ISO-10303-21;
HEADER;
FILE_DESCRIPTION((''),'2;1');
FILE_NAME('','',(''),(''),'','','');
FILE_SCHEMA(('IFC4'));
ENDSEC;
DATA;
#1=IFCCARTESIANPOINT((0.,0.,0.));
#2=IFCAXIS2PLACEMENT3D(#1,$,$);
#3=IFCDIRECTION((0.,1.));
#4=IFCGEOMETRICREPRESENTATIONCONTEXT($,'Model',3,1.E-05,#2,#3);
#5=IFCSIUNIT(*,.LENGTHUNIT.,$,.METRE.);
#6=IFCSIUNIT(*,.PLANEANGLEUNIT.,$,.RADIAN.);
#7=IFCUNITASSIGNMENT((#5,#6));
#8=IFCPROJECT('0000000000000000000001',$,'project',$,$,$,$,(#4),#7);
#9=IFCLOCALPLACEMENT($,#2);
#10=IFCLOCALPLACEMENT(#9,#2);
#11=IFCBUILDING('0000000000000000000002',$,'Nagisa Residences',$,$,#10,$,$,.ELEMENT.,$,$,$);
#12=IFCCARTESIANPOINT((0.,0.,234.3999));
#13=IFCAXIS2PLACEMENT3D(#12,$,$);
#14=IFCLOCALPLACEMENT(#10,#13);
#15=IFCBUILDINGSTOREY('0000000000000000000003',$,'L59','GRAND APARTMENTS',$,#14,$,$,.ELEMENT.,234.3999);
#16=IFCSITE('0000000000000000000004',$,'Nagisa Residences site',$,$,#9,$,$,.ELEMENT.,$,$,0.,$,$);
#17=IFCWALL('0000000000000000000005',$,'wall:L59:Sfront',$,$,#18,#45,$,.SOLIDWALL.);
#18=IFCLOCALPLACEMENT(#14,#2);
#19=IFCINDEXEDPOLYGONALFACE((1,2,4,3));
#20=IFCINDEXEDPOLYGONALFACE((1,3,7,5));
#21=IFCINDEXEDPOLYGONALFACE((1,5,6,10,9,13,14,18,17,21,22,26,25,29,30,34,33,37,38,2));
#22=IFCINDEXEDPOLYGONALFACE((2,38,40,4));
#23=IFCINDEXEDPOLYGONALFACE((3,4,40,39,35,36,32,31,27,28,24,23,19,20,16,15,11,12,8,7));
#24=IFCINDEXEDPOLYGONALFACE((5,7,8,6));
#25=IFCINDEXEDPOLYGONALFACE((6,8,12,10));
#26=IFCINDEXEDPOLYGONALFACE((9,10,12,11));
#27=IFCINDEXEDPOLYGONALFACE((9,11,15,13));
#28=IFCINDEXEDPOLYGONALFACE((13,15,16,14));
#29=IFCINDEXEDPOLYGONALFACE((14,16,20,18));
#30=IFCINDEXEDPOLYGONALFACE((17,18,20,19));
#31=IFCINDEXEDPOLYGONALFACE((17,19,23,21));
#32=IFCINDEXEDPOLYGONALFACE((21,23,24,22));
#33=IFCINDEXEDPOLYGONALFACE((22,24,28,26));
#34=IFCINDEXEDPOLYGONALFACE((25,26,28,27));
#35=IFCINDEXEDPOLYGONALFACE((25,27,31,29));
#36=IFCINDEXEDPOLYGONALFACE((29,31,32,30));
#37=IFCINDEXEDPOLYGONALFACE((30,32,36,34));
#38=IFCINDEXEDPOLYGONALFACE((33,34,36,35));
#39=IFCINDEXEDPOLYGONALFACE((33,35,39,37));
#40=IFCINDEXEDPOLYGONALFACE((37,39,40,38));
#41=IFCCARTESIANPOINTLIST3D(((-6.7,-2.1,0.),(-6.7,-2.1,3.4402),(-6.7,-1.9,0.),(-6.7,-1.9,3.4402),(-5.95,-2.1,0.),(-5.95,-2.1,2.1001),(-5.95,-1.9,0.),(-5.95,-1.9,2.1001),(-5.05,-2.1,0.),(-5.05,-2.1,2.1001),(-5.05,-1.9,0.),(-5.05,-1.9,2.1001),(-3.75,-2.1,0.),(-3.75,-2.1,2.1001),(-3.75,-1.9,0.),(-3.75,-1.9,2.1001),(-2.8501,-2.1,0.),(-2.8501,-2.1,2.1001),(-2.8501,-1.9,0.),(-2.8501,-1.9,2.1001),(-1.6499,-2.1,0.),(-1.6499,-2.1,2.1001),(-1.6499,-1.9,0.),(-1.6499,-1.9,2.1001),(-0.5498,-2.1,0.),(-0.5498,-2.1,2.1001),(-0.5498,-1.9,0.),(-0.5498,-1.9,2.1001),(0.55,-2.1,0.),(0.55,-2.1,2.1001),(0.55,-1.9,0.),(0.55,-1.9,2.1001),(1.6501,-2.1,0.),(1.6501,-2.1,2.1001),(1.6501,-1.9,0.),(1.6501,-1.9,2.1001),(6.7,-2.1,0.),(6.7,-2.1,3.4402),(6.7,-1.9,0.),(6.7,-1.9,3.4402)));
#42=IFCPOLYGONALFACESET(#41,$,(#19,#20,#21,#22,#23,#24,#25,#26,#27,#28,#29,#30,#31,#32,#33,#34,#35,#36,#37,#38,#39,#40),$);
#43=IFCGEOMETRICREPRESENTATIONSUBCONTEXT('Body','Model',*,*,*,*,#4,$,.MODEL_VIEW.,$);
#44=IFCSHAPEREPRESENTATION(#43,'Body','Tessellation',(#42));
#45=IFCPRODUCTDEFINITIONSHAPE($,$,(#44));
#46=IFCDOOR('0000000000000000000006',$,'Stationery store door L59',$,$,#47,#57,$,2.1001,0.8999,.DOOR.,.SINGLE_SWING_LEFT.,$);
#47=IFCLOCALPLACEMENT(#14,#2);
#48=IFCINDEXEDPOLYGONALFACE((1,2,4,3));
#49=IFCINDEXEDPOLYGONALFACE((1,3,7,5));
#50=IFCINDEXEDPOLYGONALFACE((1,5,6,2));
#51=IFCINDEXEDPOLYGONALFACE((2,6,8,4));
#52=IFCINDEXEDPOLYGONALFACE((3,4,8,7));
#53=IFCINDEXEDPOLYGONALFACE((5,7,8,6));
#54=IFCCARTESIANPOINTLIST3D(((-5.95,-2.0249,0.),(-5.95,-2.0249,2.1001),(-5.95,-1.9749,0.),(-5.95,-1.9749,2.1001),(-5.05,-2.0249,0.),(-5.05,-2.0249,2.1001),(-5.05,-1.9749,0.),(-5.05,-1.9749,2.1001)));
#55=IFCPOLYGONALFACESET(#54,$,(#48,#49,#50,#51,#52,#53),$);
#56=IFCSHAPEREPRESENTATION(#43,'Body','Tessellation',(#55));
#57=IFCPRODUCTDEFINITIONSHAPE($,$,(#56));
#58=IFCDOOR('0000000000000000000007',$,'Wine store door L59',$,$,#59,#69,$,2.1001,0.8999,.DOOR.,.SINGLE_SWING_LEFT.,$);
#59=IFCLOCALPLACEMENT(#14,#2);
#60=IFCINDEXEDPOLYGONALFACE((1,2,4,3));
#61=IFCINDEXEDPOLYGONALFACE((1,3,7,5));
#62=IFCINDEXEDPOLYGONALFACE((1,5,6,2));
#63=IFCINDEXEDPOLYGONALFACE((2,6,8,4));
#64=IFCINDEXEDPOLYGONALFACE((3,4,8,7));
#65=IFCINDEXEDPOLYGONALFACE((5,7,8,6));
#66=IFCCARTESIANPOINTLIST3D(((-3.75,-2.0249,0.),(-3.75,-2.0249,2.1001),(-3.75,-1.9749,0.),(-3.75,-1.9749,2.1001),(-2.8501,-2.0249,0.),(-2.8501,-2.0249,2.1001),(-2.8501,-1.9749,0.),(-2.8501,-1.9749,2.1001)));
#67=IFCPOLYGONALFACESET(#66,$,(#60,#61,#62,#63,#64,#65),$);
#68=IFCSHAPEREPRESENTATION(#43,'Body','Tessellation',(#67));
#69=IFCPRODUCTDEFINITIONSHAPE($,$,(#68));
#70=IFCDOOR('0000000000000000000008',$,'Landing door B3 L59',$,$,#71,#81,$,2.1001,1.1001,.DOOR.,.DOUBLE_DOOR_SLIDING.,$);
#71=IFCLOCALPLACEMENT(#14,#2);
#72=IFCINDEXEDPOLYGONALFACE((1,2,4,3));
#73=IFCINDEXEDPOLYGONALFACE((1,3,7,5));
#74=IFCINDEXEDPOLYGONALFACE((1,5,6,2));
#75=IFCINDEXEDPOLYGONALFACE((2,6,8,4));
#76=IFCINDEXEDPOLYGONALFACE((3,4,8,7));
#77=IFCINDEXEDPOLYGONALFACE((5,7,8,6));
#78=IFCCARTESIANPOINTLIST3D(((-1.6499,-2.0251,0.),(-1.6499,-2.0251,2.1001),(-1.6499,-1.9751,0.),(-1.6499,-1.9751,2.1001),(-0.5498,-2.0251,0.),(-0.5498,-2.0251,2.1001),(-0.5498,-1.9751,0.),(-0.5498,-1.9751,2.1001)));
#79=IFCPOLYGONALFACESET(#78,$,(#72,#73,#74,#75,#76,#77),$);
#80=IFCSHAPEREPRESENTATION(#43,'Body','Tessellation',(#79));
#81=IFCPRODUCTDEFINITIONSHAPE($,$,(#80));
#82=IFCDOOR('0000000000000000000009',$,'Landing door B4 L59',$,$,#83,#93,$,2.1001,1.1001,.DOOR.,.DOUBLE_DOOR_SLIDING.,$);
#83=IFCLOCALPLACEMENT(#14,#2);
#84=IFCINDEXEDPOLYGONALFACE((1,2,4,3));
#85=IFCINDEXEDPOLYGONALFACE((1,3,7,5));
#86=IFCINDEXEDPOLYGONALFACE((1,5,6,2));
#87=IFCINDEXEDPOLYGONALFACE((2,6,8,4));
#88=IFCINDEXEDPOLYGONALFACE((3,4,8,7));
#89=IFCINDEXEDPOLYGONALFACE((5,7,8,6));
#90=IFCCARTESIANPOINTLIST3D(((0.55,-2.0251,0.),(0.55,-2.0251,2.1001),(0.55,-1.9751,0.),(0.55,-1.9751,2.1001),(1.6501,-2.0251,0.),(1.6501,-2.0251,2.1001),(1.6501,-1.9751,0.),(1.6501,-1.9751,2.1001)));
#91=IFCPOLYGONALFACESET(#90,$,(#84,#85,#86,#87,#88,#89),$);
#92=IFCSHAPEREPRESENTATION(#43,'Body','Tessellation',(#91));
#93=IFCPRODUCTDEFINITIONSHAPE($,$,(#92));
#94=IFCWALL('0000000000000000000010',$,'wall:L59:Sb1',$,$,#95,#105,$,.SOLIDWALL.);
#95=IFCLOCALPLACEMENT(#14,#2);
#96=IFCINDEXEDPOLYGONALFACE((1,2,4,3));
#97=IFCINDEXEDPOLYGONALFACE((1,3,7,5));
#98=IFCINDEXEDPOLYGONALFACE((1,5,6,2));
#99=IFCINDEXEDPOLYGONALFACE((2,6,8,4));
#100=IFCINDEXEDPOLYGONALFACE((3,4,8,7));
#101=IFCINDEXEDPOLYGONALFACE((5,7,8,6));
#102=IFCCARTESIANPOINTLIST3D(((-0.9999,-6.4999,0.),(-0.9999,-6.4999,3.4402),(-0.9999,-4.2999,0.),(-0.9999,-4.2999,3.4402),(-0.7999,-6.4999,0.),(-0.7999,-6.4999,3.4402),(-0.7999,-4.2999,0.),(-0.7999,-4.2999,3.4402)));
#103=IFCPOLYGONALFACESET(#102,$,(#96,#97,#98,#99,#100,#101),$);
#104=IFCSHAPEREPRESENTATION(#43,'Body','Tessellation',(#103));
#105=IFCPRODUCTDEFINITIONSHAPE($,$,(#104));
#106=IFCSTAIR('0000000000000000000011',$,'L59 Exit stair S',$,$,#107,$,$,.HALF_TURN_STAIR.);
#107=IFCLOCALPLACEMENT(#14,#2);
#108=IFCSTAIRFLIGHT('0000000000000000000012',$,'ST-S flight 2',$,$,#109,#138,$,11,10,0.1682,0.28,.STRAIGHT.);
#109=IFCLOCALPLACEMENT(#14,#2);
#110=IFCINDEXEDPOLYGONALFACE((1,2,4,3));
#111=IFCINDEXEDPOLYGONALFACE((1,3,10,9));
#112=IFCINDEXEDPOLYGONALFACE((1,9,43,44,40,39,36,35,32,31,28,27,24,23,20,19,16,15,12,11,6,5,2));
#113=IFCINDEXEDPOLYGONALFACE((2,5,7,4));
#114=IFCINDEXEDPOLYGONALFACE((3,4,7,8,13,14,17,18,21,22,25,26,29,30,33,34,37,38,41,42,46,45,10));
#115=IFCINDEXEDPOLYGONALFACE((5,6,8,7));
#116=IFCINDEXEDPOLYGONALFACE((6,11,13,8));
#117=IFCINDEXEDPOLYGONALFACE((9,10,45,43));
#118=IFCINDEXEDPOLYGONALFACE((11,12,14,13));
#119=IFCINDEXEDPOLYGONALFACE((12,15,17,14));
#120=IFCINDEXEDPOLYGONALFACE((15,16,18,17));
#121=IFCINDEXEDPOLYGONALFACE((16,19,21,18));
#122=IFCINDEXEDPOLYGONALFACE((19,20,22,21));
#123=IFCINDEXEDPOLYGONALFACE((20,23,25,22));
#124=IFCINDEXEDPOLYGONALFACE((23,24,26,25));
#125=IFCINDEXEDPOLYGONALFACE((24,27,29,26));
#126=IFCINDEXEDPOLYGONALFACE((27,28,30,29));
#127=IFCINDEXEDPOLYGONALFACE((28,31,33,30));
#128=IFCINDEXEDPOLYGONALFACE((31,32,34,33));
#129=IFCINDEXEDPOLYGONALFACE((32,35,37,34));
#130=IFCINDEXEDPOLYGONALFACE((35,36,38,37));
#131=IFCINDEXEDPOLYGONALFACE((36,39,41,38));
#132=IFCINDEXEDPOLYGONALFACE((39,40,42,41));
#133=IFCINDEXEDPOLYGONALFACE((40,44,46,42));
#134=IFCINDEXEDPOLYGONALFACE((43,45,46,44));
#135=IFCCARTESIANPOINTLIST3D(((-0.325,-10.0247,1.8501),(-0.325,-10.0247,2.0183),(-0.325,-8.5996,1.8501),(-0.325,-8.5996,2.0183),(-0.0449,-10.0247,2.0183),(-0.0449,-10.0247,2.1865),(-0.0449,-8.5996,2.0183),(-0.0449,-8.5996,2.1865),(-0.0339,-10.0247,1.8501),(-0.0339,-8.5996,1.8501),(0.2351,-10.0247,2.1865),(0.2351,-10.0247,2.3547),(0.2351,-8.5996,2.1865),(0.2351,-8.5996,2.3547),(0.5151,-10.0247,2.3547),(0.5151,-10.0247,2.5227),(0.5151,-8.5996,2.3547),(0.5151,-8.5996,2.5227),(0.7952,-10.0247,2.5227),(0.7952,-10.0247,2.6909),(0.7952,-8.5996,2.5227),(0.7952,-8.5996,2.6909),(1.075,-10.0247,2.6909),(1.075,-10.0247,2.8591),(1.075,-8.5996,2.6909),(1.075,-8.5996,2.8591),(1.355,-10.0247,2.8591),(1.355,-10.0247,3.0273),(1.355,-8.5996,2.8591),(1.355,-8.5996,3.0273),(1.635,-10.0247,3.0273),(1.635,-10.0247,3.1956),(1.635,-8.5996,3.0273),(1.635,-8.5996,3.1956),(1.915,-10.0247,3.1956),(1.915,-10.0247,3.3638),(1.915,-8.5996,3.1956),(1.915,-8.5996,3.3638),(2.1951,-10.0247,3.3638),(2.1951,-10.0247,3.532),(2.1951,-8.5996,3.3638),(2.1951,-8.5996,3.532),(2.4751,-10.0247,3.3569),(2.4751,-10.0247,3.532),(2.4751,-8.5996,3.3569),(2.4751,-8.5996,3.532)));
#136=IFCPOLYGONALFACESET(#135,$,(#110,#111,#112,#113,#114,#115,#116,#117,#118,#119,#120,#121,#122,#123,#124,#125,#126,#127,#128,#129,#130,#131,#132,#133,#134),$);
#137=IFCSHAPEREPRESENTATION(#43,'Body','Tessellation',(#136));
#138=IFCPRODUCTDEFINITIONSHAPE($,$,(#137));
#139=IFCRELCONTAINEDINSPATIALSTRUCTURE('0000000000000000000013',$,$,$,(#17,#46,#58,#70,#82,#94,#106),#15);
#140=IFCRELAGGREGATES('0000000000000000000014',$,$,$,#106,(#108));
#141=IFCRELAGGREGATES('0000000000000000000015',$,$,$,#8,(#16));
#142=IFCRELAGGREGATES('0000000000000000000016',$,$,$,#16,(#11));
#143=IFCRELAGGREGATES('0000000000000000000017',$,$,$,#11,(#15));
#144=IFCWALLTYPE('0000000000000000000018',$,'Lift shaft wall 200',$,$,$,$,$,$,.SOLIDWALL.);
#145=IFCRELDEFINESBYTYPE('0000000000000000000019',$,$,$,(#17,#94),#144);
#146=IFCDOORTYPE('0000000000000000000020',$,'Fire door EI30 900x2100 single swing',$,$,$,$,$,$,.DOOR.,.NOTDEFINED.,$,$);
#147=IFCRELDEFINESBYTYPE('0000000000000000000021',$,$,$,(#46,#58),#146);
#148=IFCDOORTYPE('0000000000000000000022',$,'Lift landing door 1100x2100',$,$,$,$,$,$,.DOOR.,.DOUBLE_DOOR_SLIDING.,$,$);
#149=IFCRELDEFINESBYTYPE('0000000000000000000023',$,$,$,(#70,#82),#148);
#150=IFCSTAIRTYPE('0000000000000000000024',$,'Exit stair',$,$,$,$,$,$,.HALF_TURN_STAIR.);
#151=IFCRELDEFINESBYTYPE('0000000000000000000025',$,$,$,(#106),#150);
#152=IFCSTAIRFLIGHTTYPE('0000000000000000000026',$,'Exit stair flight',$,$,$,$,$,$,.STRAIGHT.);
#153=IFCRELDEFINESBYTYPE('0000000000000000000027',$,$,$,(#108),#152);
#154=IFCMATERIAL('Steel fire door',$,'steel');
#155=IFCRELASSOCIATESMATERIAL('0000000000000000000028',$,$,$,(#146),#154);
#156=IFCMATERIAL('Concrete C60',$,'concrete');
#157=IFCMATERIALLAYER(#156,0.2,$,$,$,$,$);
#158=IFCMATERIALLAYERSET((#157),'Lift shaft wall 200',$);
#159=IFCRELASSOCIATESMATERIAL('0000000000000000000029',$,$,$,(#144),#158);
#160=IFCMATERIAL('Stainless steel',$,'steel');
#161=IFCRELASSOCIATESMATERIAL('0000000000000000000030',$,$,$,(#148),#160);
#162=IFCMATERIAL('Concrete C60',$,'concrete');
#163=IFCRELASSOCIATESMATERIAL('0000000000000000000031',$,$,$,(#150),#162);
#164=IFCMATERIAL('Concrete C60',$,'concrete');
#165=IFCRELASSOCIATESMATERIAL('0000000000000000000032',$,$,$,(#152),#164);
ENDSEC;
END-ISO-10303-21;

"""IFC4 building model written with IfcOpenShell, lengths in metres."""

from ifc_helpers import new_model, si_unit, direction, frame, frame_2d, origin, place, context, subcontext, project, spatial, polyline, rectangle, outline, extrude, material, layer, layer_set, type_object, element, fill, aggregate, save


model = new_model("IFC4")

# Units and contexts
model_context = context("Model", 3, precision=1e-05, world=origin(), true_north=direction((0.0, 1.0)))
body_context = subcontext(model_context, "Body", "Model", "MODEL_VIEW")
ifc_project = project(units=[si_unit("LENGTHUNIT", "METRE"), si_unit("PLANEANGLEUNIT", "RADIAN")], contexts=[model_context])

# Site, building, storey
site_placement = place(None, origin())
site = spatial("IfcSite", under=ifc_project, at=site_placement, Name="Nagisa Residences site", CompositionType="ELEMENT", RefElevation=0.0)
building_placement = place(site_placement, origin())
building = spatial("IfcBuilding", under=site, at=building_placement, Name="Nagisa Residences", CompositionType="ELEMENT")
storey_placement = place(building_placement, frame((0.0, 0.0, 234.3999)))
storey = spatial("IfcBuildingStorey", under=building, at=storey_placement, Name="L59", Description="GRAND APARTMENTS", CompositionType="ELEMENT", Elevation=234.3999)

# Shared definitions
ifc_material_1 = material(Name="Steel fire door", Category="steel")
door_type_1 = type_object("IfcDoorType", Name="Fire door EI30 900x2100 single swing", OperationType="NOTDEFINED", PredefinedType="DOOR", material=ifc_material_1)

# Shared definitions
ifc_material_2 = material(Name="Concrete C60", Category="concrete")
ifc_layer_1 = layer(ifc_material_2, 0.2)
ifc_layer_set_1 = layer_set([ifc_layer_1], Name="Lift shaft wall 200")
wall_type_1 = type_object("IfcWallType", Name="Lift shaft wall 200", PredefinedType="SOLIDWALL", material=ifc_layer_set_1)

# Wall, openings, doors
wall_1_placement = place(storey_placement, frame((-6.7, -2.0, 0.0), z_axis=(0.0, 0.0, 1.0), x_axis=(1.0, 0.0, 0.0)))
wall_1 = element("IfcWall", 1, at=wall_1_placement, inside=storey, type_object=wall_type_1, Name="wall:L59:Sfront", PredefinedType="SOLIDWALL", context=body_context, shape_type="SweptSolid", body=[
    extrude(rectangle(XDim=13.3999, YDim=0.2, at=frame_2d((6.7, 0.0))), origin(), (0.0, 0.0, 1.0), 3.4402),
])
opening_1_placement = place(wall_1_placement, frame((5.05, 0.0, 0.0)))
opening_1 = element("IfcOpeningElement", 2, at=opening_1_placement, cuts=wall_1, PredefinedType="OPENING", context=body_context, shape_type="SweptSolid", body=[
    extrude(rectangle(XDim=1.1001, YDim=2.1001, at=frame_2d((0.55, 1.05))), frame((0.0, 0.1099, 0.0), z_axis=(0.0, -1.0, 0.0), x_axis=(1.0, 0.0, 0.0)), (0.0, 0.0, 1.0), 0.22),
])
opening_2_placement = place(wall_1_placement, frame((7.25, 0.0, 0.0)))
opening_2 = element("IfcOpeningElement", 3, at=opening_2_placement, cuts=wall_1, PredefinedType="OPENING", context=body_context, shape_type="SweptSolid", body=[
    extrude(rectangle(XDim=1.1001, YDim=2.1001, at=frame_2d((0.55, 1.05))), frame((0.0, 0.1099, 0.0), z_axis=(0.0, -1.0, 0.0), x_axis=(1.0, 0.0, 0.0)), (0.0, 0.0, 1.0), 0.22),
])
opening_3_placement = place(wall_1_placement, frame((0.75, 0.0, 0.0)))
opening_3 = element("IfcOpeningElement", 4, at=opening_3_placement, cuts=wall_1, PredefinedType="OPENING", context=body_context, shape_type="SweptSolid", body=[
    extrude(rectangle(XDim=0.8999, YDim=2.1001, at=frame_2d((0.45, 1.05))), frame((0.0, 0.1099, 0.0), z_axis=(0.0, -1.0, 0.0), x_axis=(1.0, 0.0, 0.0)), (0.0, 0.0, 1.0), 0.22),
])
opening_4_placement = place(wall_1_placement, frame((2.95, 0.0, 0.0)))
opening_4 = element("IfcOpeningElement", 5, at=opening_4_placement, cuts=wall_1, PredefinedType="OPENING", context=body_context, shape_type="SweptSolid", body=[
    extrude(rectangle(XDim=0.8999, YDim=2.1001, at=frame_2d((0.45, 1.05))), frame((0.0, 0.1099, 0.0), z_axis=(0.0, -1.0, 0.0), x_axis=(1.0, 0.0, 0.0)), (0.0, 0.0, 1.0), 0.22),
])
door_1_placement = place(opening_3_placement, frame((0.8999, 0.0, 0.0), x_axis=(-1.0, 0.0, 0.0)))
door_1 = element("IfcDoor", 6, at=door_1_placement, inside=storey, type_object=door_type_1, Name="Stationery store door L59", OperationType="SINGLE_SWING_LEFT", OverallHeight=2.1001, OverallWidth=0.8999, PredefinedType="DOOR", context=body_context, shape_type="SweptSolid", body=[
    extrude(rectangle(XDim=0.8999, YDim=2.1001, at=frame_2d((0.45, 1.05))), frame((0.0, 0.0249, 0.0), z_axis=(0.0, -1.0, 0.0), x_axis=(1.0, 0.0, 0.0)), (0.0, 0.0, 1.0), 0.05),
])
fill(opening_3, door_1)
door_2_placement = place(opening_4_placement, frame((0.8999, 0.0, 0.0), x_axis=(-1.0, 0.0, 0.0)))
door_2 = element("IfcDoor", 7, at=door_2_placement, inside=storey, type_object=door_type_1, Name="Wine store door L59", OperationType="SINGLE_SWING_LEFT", OverallHeight=2.1001, OverallWidth=0.8999, PredefinedType="DOOR", context=body_context, shape_type="SweptSolid", body=[
    extrude(rectangle(XDim=0.8999, YDim=2.1001, at=frame_2d((0.45, 1.05))), frame((0.0, 0.0249, 0.0), z_axis=(0.0, -1.0, 0.0), x_axis=(1.0, 0.0, 0.0)), (0.0, 0.0, 1.0), 0.05),
])
fill(opening_4, door_2)
ifc_material_3 = material(Name="Stainless steel", Category="steel")
door_type_2 = type_object("IfcDoorType", Name="Lift landing door 1100x2100", OperationType="DOUBLE_DOOR_SLIDING", PredefinedType="DOOR", material=ifc_material_3)
door_3_placement = place(opening_1_placement, origin())
door_3 = element("IfcDoor", 8, at=door_3_placement, inside=storey, type_object=door_type_2, Name="Landing door B3 L59", OperationType="DOUBLE_DOOR_SLIDING", OverallHeight=2.1001, OverallWidth=1.1001, PredefinedType="DOOR", context=body_context, shape_type="SweptSolid", body=[
    extrude(rectangle(XDim=1.1001, YDim=2.1001, at=frame_2d((0.55, 1.05))), frame((0.0, 0.0249, 0.0), z_axis=(0.0, -1.0, 0.0), x_axis=(1.0, 0.0, 0.0)), (0.0, 0.0, 1.0), 0.05),
])
fill(opening_1, door_3)
door_4_placement = place(opening_2_placement, origin())
door_4 = element("IfcDoor", 9, at=door_4_placement, inside=storey, type_object=door_type_2, Name="Landing door B4 L59", OperationType="DOUBLE_DOOR_SLIDING", OverallHeight=2.1001, OverallWidth=1.1001, PredefinedType="DOOR", context=body_context, shape_type="SweptSolid", body=[
    extrude(rectangle(XDim=1.1001, YDim=2.1001, at=frame_2d((0.55, 1.05))), frame((0.0, 0.0249, 0.0), z_axis=(0.0, -1.0, 0.0), x_axis=(1.0, 0.0, 0.0)), (0.0, 0.0, 1.0), 0.05),
])
fill(opening_2, door_4)

# Wall
wall_2_placement = place(storey_placement, frame((-0.8999, -6.5, 0.0), z_axis=(0.0, 0.0, 1.0), x_axis=(0.0, 1.0, 0.0)))
element("IfcWall", 10, at=wall_2_placement, inside=storey, type_object=wall_type_1, Name="wall:L59:Sb1", PredefinedType="SOLIDWALL", context=body_context, shape_type="SweptSolid", body=[
    extrude(rectangle(XDim=2.2, YDim=0.2, at=frame_2d((1.1001, 0.0))), origin(), (0.0, 0.0, 1.0), 3.4402),
])

# Stair, stair flight
ifc_material_4 = material(Name="Concrete C60", Category="concrete")
stair_type = type_object("IfcStairType", Name="Exit stair", PredefinedType="HALF_TURN_STAIR", material=ifc_material_4)
stair_placement = place(storey_placement, origin())
stair = element("IfcStair", 11, at=stair_placement, inside=storey, type_object=stair_type, Name="L59 Exit stair S", PredefinedType="HALF_TURN_STAIR")
ifc_material_5 = material(Name="Concrete C60", Category="concrete")
stair_flight_type = type_object("IfcStairFlightType", Name="Exit stair flight", PredefinedType="STRAIGHT", material=ifc_material_5)
stair_flight_placement = place(storey_placement, frame((-0.325, -9.312, 1.8501), z_axis=(0.0, 0.0, 1.0), x_axis=(1.0, 0.0, 0.0)))
stair_flight = element("IfcStairFlight", 12, at=stair_flight_placement, type_object=stair_flight_type, Name="ST-S flight 2", NumberOfRisers=11, NumberOfTreads=10, PredefinedType="STRAIGHT", RiserHeight=0.1682, TreadLength=0.28, context=body_context, shape_type="SweptSolid", body=[
    extrude(outline(polyline([(0.0, 0.0), (0.0, 0.1682), (0.28, 0.1682), (0.28, 0.3364), (0.5601, 0.3364), (0.5601, 0.5046), (0.8401, 0.5046), (0.8401, 0.6726), (1.1201, 0.6726), (1.1201, 0.8408), (1.3999, 0.8408), (1.3999, 1.009), (1.6799, 1.009), (1.6799, 1.1772), (1.96, 1.1772), (1.96, 1.3455), (2.24, 1.3455), (2.24, 1.5137), (2.52, 1.5137), (2.52, 1.6819), (2.8, 1.6819), (2.8, 1.8501), (2.8, 1.5068), (0.291, 0.0), (0.0, 0.0)])), frame((0.0, 0.7124, 0.0), z_axis=(0.0, -1.0, 0.0), x_axis=(1.0, 0.0, 0.0)), (0.0, 0.0, 1.0), 1.425),
])
aggregate(stair, [stair_flight])

save(model, "model.ifc")
